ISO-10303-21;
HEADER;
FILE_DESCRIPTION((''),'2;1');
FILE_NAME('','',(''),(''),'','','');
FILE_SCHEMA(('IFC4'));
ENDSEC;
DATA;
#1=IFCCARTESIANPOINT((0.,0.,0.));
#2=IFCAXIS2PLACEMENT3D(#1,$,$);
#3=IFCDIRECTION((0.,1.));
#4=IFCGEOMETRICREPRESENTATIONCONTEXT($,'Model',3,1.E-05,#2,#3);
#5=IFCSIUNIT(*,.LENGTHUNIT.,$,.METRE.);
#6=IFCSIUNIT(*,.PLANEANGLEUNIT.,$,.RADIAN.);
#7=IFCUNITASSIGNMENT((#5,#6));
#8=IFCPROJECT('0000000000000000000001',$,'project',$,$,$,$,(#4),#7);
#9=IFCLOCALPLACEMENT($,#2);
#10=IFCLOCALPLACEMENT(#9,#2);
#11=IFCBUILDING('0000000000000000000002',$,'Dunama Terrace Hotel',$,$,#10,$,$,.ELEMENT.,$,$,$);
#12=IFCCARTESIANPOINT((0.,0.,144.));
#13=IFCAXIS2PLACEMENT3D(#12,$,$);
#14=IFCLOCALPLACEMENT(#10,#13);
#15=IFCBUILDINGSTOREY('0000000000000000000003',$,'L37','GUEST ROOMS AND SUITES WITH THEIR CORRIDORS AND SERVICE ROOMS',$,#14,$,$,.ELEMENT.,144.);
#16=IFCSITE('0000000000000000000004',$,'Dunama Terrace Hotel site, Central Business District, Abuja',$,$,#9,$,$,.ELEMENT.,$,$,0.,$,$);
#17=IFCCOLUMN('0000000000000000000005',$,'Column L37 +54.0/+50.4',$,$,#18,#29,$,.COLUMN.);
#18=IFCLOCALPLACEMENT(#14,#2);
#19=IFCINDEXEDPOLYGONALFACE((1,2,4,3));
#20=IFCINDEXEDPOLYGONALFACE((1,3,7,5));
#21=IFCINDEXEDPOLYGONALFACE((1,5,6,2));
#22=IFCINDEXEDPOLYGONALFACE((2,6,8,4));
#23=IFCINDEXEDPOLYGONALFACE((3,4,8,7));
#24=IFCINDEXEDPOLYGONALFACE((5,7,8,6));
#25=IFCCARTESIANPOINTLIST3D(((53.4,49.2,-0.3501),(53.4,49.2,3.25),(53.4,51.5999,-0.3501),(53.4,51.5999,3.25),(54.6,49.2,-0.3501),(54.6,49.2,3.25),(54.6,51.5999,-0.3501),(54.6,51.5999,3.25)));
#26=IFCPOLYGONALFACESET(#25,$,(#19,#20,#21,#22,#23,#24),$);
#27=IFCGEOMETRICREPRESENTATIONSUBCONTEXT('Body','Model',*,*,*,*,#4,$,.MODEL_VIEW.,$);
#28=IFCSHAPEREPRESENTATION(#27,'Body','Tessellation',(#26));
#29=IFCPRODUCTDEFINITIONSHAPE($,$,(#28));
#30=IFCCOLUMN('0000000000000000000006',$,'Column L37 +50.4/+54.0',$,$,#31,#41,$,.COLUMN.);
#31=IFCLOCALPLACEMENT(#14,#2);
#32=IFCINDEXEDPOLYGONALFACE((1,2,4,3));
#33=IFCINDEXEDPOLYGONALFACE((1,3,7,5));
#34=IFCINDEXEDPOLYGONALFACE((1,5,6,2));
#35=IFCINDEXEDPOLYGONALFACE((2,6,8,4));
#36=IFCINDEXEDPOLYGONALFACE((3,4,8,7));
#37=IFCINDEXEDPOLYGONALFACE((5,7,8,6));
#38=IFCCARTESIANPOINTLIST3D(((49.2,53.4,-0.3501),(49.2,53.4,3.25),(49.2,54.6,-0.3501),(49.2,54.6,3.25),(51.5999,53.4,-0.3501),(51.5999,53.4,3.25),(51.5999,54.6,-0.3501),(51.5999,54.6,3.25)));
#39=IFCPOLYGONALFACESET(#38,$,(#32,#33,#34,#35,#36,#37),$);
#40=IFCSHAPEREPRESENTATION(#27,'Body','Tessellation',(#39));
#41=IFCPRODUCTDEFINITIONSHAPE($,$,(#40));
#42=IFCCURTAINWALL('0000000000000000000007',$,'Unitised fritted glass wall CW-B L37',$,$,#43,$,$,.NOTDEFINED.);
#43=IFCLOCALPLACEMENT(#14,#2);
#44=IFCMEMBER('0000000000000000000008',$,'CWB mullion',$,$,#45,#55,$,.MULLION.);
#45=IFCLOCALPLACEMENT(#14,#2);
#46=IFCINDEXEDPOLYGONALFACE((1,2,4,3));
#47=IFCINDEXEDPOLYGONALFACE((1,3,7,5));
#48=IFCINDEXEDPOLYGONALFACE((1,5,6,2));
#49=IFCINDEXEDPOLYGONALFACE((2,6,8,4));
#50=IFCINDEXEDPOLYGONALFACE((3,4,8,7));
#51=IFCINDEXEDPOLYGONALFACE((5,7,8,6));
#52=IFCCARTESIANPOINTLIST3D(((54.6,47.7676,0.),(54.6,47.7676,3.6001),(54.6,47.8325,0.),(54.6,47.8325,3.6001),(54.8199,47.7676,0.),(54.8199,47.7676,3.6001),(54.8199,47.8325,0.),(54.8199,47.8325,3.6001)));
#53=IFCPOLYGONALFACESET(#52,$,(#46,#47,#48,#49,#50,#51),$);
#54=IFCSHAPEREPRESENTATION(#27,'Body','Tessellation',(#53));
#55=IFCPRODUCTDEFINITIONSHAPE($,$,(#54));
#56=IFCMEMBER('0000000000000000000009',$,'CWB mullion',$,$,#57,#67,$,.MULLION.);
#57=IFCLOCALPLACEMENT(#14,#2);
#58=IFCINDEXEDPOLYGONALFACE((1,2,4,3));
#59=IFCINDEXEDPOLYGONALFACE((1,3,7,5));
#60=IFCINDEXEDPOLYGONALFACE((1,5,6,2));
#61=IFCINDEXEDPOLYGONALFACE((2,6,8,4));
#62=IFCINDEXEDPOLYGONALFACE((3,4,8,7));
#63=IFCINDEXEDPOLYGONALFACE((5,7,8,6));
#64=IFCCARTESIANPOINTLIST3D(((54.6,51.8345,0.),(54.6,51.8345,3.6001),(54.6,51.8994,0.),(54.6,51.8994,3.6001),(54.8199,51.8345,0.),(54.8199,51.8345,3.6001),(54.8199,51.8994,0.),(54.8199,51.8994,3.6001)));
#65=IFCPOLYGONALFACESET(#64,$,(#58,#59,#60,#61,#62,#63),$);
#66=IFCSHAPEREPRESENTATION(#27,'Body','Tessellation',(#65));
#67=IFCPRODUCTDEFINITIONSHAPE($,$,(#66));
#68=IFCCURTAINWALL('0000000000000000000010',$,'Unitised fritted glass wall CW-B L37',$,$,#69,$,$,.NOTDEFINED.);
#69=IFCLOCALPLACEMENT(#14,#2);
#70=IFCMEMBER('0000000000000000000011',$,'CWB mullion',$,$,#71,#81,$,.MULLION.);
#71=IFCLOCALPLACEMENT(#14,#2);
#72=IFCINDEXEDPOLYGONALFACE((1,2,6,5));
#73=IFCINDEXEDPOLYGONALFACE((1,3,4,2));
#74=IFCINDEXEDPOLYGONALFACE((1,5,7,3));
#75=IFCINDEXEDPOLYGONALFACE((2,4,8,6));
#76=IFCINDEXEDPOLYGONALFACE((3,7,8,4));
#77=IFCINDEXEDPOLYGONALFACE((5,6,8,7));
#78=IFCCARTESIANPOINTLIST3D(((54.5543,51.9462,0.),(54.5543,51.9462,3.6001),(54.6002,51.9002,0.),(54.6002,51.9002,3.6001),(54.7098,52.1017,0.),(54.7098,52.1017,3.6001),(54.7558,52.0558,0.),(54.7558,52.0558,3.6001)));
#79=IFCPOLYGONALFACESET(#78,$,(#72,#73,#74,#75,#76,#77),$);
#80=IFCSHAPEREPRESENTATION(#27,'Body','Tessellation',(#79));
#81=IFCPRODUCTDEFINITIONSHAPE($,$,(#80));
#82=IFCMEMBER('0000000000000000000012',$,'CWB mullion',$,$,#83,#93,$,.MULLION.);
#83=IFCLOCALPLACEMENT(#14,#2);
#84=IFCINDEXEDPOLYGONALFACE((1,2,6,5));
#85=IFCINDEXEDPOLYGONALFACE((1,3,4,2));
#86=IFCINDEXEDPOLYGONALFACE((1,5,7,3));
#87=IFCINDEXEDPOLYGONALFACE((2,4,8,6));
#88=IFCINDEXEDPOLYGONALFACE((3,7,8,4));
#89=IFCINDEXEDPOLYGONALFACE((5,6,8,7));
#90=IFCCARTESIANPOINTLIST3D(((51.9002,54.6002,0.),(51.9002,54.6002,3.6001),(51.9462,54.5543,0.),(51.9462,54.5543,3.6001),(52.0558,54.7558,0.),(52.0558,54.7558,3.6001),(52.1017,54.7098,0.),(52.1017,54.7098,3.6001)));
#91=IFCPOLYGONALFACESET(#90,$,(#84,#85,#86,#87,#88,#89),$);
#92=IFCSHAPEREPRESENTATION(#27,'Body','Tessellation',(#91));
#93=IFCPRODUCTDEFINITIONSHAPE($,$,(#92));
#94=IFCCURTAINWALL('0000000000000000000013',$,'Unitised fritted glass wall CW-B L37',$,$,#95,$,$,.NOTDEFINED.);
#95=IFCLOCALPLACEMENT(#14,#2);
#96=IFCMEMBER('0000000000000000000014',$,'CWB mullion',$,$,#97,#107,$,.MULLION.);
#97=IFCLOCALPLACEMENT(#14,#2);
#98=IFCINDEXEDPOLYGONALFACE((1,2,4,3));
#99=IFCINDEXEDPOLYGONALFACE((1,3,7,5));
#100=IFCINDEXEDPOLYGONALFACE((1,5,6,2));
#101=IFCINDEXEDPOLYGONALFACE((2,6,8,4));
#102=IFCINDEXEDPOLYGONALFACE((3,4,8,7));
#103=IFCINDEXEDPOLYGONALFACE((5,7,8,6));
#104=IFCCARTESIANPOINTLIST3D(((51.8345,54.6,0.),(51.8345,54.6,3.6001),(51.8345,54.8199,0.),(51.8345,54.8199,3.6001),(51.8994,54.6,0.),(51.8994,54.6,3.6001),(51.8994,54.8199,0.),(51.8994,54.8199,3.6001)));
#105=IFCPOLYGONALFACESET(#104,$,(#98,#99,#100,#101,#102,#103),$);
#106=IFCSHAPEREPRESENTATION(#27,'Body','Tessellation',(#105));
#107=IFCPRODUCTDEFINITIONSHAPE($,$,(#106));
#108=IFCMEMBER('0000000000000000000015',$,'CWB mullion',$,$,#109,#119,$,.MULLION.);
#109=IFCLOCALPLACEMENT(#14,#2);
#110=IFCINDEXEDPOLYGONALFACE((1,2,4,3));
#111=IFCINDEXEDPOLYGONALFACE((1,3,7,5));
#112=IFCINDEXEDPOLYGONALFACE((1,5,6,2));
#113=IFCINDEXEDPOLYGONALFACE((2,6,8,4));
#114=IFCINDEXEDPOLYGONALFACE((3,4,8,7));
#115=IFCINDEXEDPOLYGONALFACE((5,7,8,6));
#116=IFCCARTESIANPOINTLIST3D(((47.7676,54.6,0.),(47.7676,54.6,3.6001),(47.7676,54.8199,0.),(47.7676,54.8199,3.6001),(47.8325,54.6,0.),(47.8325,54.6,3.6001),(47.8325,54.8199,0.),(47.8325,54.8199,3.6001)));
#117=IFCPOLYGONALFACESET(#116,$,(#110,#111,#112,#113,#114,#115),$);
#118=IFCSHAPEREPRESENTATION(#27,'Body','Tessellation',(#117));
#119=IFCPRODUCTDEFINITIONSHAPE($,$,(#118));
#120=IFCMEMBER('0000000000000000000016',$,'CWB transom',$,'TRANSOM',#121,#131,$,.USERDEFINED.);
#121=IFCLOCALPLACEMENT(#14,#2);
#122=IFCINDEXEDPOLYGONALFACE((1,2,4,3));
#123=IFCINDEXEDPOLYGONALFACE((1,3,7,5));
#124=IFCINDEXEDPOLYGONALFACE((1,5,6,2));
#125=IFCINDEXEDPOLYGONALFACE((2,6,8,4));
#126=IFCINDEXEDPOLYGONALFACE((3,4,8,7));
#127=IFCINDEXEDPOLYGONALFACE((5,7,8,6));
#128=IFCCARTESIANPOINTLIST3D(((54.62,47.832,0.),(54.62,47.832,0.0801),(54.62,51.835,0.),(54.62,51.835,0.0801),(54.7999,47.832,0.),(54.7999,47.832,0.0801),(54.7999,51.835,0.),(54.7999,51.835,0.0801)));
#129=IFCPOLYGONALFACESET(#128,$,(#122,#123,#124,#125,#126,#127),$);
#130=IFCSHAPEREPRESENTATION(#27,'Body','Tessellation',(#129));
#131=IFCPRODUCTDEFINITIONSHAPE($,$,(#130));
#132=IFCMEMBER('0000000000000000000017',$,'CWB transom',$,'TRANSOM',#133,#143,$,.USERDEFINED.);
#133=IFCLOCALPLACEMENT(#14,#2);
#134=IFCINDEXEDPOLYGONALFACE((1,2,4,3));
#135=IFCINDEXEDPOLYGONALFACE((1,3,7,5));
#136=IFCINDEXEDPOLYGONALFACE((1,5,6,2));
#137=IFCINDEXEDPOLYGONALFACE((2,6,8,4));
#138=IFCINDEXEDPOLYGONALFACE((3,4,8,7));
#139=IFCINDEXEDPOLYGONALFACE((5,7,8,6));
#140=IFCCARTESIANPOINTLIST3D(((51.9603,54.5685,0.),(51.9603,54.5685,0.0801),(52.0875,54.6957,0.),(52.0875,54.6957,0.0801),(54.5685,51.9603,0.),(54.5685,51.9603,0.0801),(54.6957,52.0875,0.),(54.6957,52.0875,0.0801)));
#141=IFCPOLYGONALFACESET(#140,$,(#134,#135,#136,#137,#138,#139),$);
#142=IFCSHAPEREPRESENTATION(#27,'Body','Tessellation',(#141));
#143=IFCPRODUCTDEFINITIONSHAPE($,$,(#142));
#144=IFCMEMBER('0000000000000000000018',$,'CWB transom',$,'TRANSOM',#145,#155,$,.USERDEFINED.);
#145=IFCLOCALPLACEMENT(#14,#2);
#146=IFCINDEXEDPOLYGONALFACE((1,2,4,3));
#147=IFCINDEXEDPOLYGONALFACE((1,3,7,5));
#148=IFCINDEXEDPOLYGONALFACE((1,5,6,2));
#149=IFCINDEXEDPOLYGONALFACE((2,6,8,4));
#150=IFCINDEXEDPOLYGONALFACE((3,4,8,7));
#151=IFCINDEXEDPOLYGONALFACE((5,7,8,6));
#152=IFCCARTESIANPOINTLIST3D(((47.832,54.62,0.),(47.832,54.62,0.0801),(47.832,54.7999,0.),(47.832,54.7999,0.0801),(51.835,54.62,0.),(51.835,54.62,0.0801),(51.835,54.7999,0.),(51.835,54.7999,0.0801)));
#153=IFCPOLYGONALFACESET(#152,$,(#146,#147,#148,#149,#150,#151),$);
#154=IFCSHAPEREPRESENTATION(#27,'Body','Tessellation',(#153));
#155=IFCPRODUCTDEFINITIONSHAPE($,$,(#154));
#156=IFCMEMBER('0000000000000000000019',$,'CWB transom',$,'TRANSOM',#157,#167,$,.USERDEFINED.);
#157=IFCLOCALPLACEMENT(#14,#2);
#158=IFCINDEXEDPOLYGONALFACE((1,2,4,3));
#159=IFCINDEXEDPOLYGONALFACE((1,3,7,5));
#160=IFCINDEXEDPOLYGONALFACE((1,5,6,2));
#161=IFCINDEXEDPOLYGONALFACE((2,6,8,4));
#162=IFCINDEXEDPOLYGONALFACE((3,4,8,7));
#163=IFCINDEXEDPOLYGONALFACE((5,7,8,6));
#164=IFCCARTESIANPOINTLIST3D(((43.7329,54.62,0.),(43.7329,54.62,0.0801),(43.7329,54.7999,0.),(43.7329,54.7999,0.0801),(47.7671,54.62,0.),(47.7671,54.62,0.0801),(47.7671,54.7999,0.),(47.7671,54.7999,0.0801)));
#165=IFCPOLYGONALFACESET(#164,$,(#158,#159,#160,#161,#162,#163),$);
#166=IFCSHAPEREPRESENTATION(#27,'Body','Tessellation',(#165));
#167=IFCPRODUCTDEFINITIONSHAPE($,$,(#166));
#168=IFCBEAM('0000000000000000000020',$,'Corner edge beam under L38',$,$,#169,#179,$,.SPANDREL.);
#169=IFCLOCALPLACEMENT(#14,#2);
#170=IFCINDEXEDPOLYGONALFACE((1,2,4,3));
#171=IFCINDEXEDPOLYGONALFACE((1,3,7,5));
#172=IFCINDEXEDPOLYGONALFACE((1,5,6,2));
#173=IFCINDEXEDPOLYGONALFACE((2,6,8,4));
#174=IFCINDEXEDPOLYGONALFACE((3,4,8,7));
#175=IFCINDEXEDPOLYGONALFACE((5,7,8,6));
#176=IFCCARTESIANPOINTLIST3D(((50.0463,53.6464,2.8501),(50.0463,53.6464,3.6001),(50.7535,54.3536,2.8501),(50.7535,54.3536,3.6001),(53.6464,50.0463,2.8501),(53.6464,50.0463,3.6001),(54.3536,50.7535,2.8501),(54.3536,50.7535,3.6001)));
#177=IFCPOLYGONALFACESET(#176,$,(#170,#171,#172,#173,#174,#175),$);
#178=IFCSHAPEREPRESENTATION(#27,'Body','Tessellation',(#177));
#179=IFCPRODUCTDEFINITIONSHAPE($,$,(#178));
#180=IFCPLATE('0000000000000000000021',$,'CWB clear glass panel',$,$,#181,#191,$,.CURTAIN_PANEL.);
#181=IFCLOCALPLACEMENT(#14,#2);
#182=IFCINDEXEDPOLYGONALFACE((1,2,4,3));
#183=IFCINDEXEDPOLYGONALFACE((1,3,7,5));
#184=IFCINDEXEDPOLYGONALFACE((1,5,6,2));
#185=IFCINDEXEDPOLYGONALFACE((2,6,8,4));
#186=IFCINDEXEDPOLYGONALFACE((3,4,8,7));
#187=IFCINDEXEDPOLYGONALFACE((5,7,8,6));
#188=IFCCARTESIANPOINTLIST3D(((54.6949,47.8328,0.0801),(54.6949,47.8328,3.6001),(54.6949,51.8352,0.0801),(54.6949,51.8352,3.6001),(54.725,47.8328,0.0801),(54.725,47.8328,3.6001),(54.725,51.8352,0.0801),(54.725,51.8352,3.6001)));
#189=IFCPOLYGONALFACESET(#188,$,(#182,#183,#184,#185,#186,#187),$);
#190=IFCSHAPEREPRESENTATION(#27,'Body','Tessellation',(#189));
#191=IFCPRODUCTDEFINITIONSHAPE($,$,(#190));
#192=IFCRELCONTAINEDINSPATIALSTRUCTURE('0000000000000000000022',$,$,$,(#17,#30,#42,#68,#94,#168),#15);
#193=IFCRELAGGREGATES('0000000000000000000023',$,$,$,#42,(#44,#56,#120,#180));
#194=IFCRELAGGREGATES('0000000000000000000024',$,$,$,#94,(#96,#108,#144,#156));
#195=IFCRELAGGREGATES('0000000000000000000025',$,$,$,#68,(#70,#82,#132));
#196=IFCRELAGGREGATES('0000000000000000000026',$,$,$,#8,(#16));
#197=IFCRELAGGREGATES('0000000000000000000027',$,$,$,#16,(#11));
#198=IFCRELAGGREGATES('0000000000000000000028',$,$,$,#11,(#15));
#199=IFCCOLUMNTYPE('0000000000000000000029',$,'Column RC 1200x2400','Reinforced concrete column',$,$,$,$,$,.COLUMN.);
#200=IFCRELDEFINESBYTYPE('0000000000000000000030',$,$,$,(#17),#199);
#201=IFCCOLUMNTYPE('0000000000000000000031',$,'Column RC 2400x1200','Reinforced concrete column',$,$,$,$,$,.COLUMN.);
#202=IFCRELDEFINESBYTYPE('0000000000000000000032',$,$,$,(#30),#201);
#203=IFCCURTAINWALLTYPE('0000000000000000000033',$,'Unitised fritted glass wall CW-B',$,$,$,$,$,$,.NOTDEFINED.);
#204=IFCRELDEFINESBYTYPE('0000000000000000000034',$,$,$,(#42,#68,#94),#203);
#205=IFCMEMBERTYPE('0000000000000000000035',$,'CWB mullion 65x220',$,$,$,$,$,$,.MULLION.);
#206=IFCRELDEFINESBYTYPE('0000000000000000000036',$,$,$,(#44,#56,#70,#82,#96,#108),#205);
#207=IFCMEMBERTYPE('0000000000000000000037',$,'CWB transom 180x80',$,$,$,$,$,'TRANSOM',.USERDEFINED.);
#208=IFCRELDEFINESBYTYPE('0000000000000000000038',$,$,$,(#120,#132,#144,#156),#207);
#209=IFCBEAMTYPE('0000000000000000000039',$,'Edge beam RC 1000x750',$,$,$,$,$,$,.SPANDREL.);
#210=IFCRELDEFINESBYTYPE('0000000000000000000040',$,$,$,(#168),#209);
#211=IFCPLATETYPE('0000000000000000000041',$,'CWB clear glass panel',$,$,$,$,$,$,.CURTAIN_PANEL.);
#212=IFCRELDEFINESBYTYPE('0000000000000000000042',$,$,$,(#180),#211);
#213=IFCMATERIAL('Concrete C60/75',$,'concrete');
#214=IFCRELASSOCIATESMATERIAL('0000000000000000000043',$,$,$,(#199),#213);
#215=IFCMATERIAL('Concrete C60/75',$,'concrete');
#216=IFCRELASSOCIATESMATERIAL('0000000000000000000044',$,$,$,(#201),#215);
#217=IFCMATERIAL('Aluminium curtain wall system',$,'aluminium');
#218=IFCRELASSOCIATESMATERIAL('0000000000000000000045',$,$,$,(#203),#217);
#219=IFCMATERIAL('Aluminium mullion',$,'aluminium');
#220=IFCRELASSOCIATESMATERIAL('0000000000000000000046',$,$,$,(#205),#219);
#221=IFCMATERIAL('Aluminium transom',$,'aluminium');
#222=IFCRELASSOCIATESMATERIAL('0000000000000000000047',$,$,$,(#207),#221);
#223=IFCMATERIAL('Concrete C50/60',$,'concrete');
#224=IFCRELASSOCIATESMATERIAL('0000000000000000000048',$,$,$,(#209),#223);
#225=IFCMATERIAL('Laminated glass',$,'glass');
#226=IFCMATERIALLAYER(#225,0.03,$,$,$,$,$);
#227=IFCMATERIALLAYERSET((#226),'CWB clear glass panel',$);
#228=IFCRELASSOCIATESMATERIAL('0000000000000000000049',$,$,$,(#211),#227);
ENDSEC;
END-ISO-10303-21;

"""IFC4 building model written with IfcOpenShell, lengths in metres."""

from ifc_helpers import new_model, si_unit, direction, frame, origin, origin_2d, place, context, subcontext, project, spatial, rectangle, extrude, material, layer, layer_set, material_profile, profile_set, type_object, element, aggregate, save


model = new_model("IFC4")

# Units and contexts
model_context = context("Model", 3, precision=1e-05, world=origin(), true_north=direction((0.0, 1.0)))
body_context = subcontext(model_context, "Body", "Model", "MODEL_VIEW")
ifc_project = project(units=[si_unit("LENGTHUNIT", "METRE"), si_unit("PLANEANGLEUNIT", "RADIAN")], contexts=[model_context])

# Site, building, storey
site_placement = place(None, origin())
site = spatial("IfcSite", under=ifc_project, at=site_placement, Name="Dunama Terrace Hotel site, Central Business District, Abuja", CompositionType="ELEMENT", RefElevation=0.0)
building_placement = place(site_placement, origin())
building = spatial("IfcBuilding", under=site, at=building_placement, Name="Dunama Terrace Hotel", CompositionType="ELEMENT")
storey_placement = place(building_placement, frame((0.0, 0.0, 144.0)))
storey = spatial("IfcBuildingStorey", under=building, at=storey_placement, Name="L37", Description="GUEST ROOMS AND SUITES WITH THEIR CORRIDORS AND SERVICE ROOMS", CompositionType="ELEMENT", Elevation=144.0)

# Columns
ifc_material_1 = material(Name="Concrete C60/75", Category="concrete")
ifc_material_profile_1 = material_profile(ifc_material_1, rectangle(XDim=1.2, YDim=2.3999, at=origin_2d()), Name="RC 1200x2400")
ifc_profile_set_1 = profile_set([ifc_material_profile_1], Name="Concrete C60/75")
column_type_1 = type_object("IfcColumnType", Name="Column RC 1200x2400", Description="Reinforced concrete column", PredefinedType="COLUMN", material=ifc_profile_set_1)
column_1_placement = place(storey_placement, frame((54.0, 50.3999, -0.3501), z_axis=(0.0, 0.0, 1.0), x_axis=(1.0, 0.0, 0.0)))
element("IfcColumn", 1, at=column_1_placement, inside=storey, type_object=column_type_1, Name="Column L37 +54.0/+50.4", PredefinedType="COLUMN", context=body_context, shape_type="SweptSolid", body=[
    extrude(rectangle(XDim=1.2, YDim=2.3999, at=origin_2d()), origin(), (0.0, 0.0, 1.0), 3.6001),
])
ifc_material_2 = material(Name="Concrete C60/75", Category="concrete")
ifc_material_profile_2 = material_profile(ifc_material_2, rectangle(XDim=2.3999, YDim=1.2, at=origin_2d()), Name="RC 2400x1200")
ifc_profile_set_2 = profile_set([ifc_material_profile_2], Name="Concrete C60/75")
column_type_2 = type_object("IfcColumnType", Name="Column RC 2400x1200", Description="Reinforced concrete column", PredefinedType="COLUMN", material=ifc_profile_set_2)
column_2_placement = place(storey_placement, frame((50.3999, 54.0, -0.3501), z_axis=(0.0, 0.0, 1.0), x_axis=(1.0, 0.0, 0.0)))
element("IfcColumn", 2, at=column_2_placement, inside=storey, type_object=column_type_2, Name="Column L37 +50.4/+54.0", PredefinedType="COLUMN", context=body_context, shape_type="SweptSolid", body=[
    extrude(rectangle(XDim=2.3999, YDim=1.2, at=origin_2d()), origin(), (0.0, 0.0, 1.0), 3.6001),
])

# Curtain walls, members
ifc_material_3 = material(Name="Aluminium curtain wall system", Category="aluminium")
curtain_wall_type = type_object("IfcCurtainWallType", Name="Unitised fritted glass wall CW-B", PredefinedType="NOTDEFINED", material=ifc_material_3)
curtain_wall_1_placement = place(storey_placement, origin())
curtain_wall_1 = element("IfcCurtainWall", 3, at=curtain_wall_1_placement, inside=storey, type_object=curtain_wall_type, Name="Unitised fritted glass wall CW-B L37", PredefinedType="NOTDEFINED")
ifc_material_4 = material(Name="Aluminium mullion", Category="aluminium")
ifc_material_profile_3 = material_profile(ifc_material_4, rectangle(XDim=0.0649, YDim=0.22, at=origin_2d()), Name="CWB MULLION 65X220")
ifc_profile_set_3 = profile_set([ifc_material_profile_3], Name="Aluminium mullion")
member_type_1 = type_object("IfcMemberType", Name="CWB mullion 65x220", PredefinedType="MULLION", material=ifc_profile_set_3)
member_1_placement = place(storey_placement, frame((54.71, 47.8, 0.0), z_axis=(0.0, 0.0, 1.0), x_axis=(0.0, 1.0, 0.0)))
member_1 = element("IfcMember", 4, at=member_1_placement, type_object=member_type_1, Name="CWB mullion", PredefinedType="MULLION", context=body_context, shape_type="SweptSolid", body=[
    extrude(rectangle(XDim=0.0649, YDim=0.22, at=origin_2d()), origin(), (0.0, 0.0, 1.0), 3.6001),
])
member_2_placement = place(storey_placement, frame((54.71, 51.8669, 0.0), z_axis=(0.0, 0.0, 1.0), x_axis=(0.0, 1.0, 0.0)))
member_2 = element("IfcMember", 5, at=member_2_placement, type_object=member_type_1, Name="CWB mullion", PredefinedType="MULLION", context=body_context, shape_type="SweptSolid", body=[
    extrude(rectangle(XDim=0.0649, YDim=0.22, at=origin_2d()), origin(), (0.0, 0.0, 1.0), 3.6001),
])
curtain_wall_2_placement = place(storey_placement, origin())
curtain_wall_2 = element("IfcCurtainWall", 6, at=curtain_wall_2_placement, inside=storey, type_object=curtain_wall_type, Name="Unitised fritted glass wall CW-B L37", PredefinedType="NOTDEFINED")
member_3_placement = place(storey_placement, frame((54.655, 52.001, 0.0), z_axis=(0.0, 0.0, 1.0), x_axis=(-0.707107, 0.707107, 0.0)))
member_3 = element("IfcMember", 7, at=member_3_placement, type_object=member_type_1, Name="CWB mullion", PredefinedType="MULLION", context=body_context, shape_type="SweptSolid", body=[
    extrude(rectangle(XDim=0.0649, YDim=0.22, at=origin_2d()), origin(), (0.0, 0.0, 1.0), 3.6001),
])
member_4_placement = place(storey_placement, frame((52.001, 54.655, 0.0), z_axis=(0.0, 0.0, 1.0), x_axis=(-0.707107, 0.707107, 0.0)))
member_4 = element("IfcMember", 8, at=member_4_placement, type_object=member_type_1, Name="CWB mullion", PredefinedType="MULLION", context=body_context, shape_type="SweptSolid", body=[
    extrude(rectangle(XDim=0.0649, YDim=0.22, at=origin_2d()), origin(), (0.0, 0.0, 1.0), 3.6001),
])
curtain_wall_3_placement = place(storey_placement, origin())
curtain_wall_3 = element("IfcCurtainWall", 9, at=curtain_wall_3_placement, inside=storey, type_object=curtain_wall_type, Name="Unitised fritted glass wall CW-B L37", PredefinedType="NOTDEFINED")
member_5_placement = place(storey_placement, frame((51.8669, 54.71, 0.0), z_axis=(0.0, 0.0, 1.0), x_axis=(-1.0, 0.0, 0.0)))
member_5 = element("IfcMember", 10, at=member_5_placement, type_object=member_type_1, Name="CWB mullion", PredefinedType="MULLION", context=body_context, shape_type="SweptSolid", body=[
    extrude(rectangle(XDim=0.0649, YDim=0.22, at=origin_2d()), origin(), (0.0, 0.0, 1.0), 3.6001),
])
member_6_placement = place(storey_placement, frame((47.8, 54.71, 0.0), z_axis=(0.0, 0.0, 1.0), x_axis=(-1.0, 0.0, 0.0)))
member_6 = element("IfcMember", 11, at=member_6_placement, type_object=member_type_1, Name="CWB mullion", PredefinedType="MULLION", context=body_context, shape_type="SweptSolid", body=[
    extrude(rectangle(XDim=0.0649, YDim=0.22, at=origin_2d()), origin(), (0.0, 0.0, 1.0), 3.6001),
])

# Members
ifc_material_5 = material(Name="Aluminium transom", Category="aluminium")
ifc_material_profile_4 = material_profile(ifc_material_5, rectangle(XDim=0.1799, YDim=0.0801, at=origin_2d()), Name="CWB TRANSOM 180X80")
ifc_profile_set_4 = profile_set([ifc_material_profile_4], Name="Aluminium transom")
member_type_2 = type_object("IfcMemberType", Name="CWB transom 180x80", ElementType="TRANSOM", PredefinedType="USERDEFINED", material=ifc_profile_set_4)
member_7_placement = place(storey_placement, frame((54.71, 47.832, 0.04), z_axis=(0.0, 1.0, 0.0), x_axis=(-1.0, 0.0, 0.0)))
member_7 = element("IfcMember", 12, at=member_7_placement, type_object=member_type_2, Name="CWB transom", ObjectType="TRANSOM", PredefinedType="USERDEFINED", context=body_context, shape_type="SweptSolid", body=[
    extrude(rectangle(XDim=0.1799, YDim=0.0801, at=origin_2d()), origin(), (0.0, 0.0, 1.0), 4.0029),
])
member_8_placement = place(storey_placement, frame((54.6321, 52.0239, 0.04), z_axis=(-0.707107, 0.707107, 0.0), x_axis=(-0.707107, -0.707107, 0.0)))
member_8 = element("IfcMember", 13, at=member_8_placement, type_object=member_type_2, Name="CWB transom", ObjectType="TRANSOM", PredefinedType="USERDEFINED", context=body_context, shape_type="SweptSolid", body=[
    extrude(rectangle(XDim=0.1799, YDim=0.0801, at=origin_2d()), origin(), (0.0, 0.0, 1.0), 3.6885),
])
member_9_placement = place(storey_placement, frame((51.835, 54.71, 0.04), z_axis=(-1.0, 0.0, 0.0), x_axis=(0.0, -1.0, 0.0)))
member_9 = element("IfcMember", 14, at=member_9_placement, type_object=member_type_2, Name="CWB transom", ObjectType="TRANSOM", PredefinedType="USERDEFINED", context=body_context, shape_type="SweptSolid", body=[
    extrude(rectangle(XDim=0.1799, YDim=0.0801, at=origin_2d()), origin(), (0.0, 0.0, 1.0), 4.0029),
])
member_10_placement = place(storey_placement, frame((47.7671, 54.71, 0.04), z_axis=(-1.0, 0.0, 0.0), x_axis=(0.0, -1.0, 0.0)))
member_10 = element("IfcMember", 15, at=member_10_placement, type_object=member_type_2, Name="CWB transom", ObjectType="TRANSOM", PredefinedType="USERDEFINED", context=body_context, shape_type="SweptSolid", body=[
    extrude(rectangle(XDim=0.1799, YDim=0.0801, at=origin_2d()), origin(), (0.0, 0.0, 1.0), 4.0342),
])

# Beam
ifc_material_6 = material(Name="Concrete C50/60", Category="concrete")
ifc_material_profile_5 = material_profile(ifc_material_6, rectangle(XDim=1.0, YDim=0.75, at=origin_2d()), Name="RC 1000x750")
ifc_profile_set_5 = profile_set([ifc_material_profile_5], Name="Concrete C50/60")
beam_type = type_object("IfcBeamType", Name="Edge beam RC 1000x750", PredefinedType="SPANDREL", material=ifc_profile_set_5)
beam_placement = place(storey_placement, frame((50.3999, 54.0, 3.2251), z_axis=(0.707107, -0.707107, 0.0), x_axis=(0.707107, 0.707107, 0.0)))
element("IfcBeam", 16, at=beam_placement, inside=storey, type_object=beam_type, Name="Corner edge beam under L38", PredefinedType="SPANDREL", context=body_context, shape_type="SweptSolid", body=[
    extrude(rectangle(XDim=1.0, YDim=0.75, at=origin_2d()), origin(), (0.0, 0.0, 1.0), 5.0913),
])

# Plate
ifc_material_7 = material(Name="Laminated glass", Category="glass")
ifc_layer_1 = layer(ifc_material_7, 0.03)
ifc_layer_set_1 = layer_set([ifc_layer_1], Name="CWB clear glass panel")
plate_type_1 = type_object("IfcPlateType", Name="CWB clear glass panel", PredefinedType="CURTAIN_PANEL", material=ifc_layer_set_1)
plate_1_placement = place(storey_placement, frame((54.71, 49.834, 0.0801), z_axis=(0.0, 0.0, 1.0), x_axis=(0.0, 1.0, 0.0)))
plate_1 = element("IfcPlate", 17, at=plate_1_placement, type_object=plate_type_1, Name="CWB clear glass panel", PredefinedType="CURTAIN_PANEL", context=body_context, shape_type="SweptSolid", body=[
    extrude(rectangle(XDim=4.0024, YDim=0.03, at=origin_2d()), origin(), (0.0, 0.0, 1.0), 3.52),
])
aggregate(curtain_wall_1, [member_1, member_2, member_7, plate_1])
aggregate(curtain_wall_3, [member_5, member_6, member_9, member_10])
aggregate(curtain_wall_2, [member_3, member_4, member_8])

save(model, "model.ifc")
